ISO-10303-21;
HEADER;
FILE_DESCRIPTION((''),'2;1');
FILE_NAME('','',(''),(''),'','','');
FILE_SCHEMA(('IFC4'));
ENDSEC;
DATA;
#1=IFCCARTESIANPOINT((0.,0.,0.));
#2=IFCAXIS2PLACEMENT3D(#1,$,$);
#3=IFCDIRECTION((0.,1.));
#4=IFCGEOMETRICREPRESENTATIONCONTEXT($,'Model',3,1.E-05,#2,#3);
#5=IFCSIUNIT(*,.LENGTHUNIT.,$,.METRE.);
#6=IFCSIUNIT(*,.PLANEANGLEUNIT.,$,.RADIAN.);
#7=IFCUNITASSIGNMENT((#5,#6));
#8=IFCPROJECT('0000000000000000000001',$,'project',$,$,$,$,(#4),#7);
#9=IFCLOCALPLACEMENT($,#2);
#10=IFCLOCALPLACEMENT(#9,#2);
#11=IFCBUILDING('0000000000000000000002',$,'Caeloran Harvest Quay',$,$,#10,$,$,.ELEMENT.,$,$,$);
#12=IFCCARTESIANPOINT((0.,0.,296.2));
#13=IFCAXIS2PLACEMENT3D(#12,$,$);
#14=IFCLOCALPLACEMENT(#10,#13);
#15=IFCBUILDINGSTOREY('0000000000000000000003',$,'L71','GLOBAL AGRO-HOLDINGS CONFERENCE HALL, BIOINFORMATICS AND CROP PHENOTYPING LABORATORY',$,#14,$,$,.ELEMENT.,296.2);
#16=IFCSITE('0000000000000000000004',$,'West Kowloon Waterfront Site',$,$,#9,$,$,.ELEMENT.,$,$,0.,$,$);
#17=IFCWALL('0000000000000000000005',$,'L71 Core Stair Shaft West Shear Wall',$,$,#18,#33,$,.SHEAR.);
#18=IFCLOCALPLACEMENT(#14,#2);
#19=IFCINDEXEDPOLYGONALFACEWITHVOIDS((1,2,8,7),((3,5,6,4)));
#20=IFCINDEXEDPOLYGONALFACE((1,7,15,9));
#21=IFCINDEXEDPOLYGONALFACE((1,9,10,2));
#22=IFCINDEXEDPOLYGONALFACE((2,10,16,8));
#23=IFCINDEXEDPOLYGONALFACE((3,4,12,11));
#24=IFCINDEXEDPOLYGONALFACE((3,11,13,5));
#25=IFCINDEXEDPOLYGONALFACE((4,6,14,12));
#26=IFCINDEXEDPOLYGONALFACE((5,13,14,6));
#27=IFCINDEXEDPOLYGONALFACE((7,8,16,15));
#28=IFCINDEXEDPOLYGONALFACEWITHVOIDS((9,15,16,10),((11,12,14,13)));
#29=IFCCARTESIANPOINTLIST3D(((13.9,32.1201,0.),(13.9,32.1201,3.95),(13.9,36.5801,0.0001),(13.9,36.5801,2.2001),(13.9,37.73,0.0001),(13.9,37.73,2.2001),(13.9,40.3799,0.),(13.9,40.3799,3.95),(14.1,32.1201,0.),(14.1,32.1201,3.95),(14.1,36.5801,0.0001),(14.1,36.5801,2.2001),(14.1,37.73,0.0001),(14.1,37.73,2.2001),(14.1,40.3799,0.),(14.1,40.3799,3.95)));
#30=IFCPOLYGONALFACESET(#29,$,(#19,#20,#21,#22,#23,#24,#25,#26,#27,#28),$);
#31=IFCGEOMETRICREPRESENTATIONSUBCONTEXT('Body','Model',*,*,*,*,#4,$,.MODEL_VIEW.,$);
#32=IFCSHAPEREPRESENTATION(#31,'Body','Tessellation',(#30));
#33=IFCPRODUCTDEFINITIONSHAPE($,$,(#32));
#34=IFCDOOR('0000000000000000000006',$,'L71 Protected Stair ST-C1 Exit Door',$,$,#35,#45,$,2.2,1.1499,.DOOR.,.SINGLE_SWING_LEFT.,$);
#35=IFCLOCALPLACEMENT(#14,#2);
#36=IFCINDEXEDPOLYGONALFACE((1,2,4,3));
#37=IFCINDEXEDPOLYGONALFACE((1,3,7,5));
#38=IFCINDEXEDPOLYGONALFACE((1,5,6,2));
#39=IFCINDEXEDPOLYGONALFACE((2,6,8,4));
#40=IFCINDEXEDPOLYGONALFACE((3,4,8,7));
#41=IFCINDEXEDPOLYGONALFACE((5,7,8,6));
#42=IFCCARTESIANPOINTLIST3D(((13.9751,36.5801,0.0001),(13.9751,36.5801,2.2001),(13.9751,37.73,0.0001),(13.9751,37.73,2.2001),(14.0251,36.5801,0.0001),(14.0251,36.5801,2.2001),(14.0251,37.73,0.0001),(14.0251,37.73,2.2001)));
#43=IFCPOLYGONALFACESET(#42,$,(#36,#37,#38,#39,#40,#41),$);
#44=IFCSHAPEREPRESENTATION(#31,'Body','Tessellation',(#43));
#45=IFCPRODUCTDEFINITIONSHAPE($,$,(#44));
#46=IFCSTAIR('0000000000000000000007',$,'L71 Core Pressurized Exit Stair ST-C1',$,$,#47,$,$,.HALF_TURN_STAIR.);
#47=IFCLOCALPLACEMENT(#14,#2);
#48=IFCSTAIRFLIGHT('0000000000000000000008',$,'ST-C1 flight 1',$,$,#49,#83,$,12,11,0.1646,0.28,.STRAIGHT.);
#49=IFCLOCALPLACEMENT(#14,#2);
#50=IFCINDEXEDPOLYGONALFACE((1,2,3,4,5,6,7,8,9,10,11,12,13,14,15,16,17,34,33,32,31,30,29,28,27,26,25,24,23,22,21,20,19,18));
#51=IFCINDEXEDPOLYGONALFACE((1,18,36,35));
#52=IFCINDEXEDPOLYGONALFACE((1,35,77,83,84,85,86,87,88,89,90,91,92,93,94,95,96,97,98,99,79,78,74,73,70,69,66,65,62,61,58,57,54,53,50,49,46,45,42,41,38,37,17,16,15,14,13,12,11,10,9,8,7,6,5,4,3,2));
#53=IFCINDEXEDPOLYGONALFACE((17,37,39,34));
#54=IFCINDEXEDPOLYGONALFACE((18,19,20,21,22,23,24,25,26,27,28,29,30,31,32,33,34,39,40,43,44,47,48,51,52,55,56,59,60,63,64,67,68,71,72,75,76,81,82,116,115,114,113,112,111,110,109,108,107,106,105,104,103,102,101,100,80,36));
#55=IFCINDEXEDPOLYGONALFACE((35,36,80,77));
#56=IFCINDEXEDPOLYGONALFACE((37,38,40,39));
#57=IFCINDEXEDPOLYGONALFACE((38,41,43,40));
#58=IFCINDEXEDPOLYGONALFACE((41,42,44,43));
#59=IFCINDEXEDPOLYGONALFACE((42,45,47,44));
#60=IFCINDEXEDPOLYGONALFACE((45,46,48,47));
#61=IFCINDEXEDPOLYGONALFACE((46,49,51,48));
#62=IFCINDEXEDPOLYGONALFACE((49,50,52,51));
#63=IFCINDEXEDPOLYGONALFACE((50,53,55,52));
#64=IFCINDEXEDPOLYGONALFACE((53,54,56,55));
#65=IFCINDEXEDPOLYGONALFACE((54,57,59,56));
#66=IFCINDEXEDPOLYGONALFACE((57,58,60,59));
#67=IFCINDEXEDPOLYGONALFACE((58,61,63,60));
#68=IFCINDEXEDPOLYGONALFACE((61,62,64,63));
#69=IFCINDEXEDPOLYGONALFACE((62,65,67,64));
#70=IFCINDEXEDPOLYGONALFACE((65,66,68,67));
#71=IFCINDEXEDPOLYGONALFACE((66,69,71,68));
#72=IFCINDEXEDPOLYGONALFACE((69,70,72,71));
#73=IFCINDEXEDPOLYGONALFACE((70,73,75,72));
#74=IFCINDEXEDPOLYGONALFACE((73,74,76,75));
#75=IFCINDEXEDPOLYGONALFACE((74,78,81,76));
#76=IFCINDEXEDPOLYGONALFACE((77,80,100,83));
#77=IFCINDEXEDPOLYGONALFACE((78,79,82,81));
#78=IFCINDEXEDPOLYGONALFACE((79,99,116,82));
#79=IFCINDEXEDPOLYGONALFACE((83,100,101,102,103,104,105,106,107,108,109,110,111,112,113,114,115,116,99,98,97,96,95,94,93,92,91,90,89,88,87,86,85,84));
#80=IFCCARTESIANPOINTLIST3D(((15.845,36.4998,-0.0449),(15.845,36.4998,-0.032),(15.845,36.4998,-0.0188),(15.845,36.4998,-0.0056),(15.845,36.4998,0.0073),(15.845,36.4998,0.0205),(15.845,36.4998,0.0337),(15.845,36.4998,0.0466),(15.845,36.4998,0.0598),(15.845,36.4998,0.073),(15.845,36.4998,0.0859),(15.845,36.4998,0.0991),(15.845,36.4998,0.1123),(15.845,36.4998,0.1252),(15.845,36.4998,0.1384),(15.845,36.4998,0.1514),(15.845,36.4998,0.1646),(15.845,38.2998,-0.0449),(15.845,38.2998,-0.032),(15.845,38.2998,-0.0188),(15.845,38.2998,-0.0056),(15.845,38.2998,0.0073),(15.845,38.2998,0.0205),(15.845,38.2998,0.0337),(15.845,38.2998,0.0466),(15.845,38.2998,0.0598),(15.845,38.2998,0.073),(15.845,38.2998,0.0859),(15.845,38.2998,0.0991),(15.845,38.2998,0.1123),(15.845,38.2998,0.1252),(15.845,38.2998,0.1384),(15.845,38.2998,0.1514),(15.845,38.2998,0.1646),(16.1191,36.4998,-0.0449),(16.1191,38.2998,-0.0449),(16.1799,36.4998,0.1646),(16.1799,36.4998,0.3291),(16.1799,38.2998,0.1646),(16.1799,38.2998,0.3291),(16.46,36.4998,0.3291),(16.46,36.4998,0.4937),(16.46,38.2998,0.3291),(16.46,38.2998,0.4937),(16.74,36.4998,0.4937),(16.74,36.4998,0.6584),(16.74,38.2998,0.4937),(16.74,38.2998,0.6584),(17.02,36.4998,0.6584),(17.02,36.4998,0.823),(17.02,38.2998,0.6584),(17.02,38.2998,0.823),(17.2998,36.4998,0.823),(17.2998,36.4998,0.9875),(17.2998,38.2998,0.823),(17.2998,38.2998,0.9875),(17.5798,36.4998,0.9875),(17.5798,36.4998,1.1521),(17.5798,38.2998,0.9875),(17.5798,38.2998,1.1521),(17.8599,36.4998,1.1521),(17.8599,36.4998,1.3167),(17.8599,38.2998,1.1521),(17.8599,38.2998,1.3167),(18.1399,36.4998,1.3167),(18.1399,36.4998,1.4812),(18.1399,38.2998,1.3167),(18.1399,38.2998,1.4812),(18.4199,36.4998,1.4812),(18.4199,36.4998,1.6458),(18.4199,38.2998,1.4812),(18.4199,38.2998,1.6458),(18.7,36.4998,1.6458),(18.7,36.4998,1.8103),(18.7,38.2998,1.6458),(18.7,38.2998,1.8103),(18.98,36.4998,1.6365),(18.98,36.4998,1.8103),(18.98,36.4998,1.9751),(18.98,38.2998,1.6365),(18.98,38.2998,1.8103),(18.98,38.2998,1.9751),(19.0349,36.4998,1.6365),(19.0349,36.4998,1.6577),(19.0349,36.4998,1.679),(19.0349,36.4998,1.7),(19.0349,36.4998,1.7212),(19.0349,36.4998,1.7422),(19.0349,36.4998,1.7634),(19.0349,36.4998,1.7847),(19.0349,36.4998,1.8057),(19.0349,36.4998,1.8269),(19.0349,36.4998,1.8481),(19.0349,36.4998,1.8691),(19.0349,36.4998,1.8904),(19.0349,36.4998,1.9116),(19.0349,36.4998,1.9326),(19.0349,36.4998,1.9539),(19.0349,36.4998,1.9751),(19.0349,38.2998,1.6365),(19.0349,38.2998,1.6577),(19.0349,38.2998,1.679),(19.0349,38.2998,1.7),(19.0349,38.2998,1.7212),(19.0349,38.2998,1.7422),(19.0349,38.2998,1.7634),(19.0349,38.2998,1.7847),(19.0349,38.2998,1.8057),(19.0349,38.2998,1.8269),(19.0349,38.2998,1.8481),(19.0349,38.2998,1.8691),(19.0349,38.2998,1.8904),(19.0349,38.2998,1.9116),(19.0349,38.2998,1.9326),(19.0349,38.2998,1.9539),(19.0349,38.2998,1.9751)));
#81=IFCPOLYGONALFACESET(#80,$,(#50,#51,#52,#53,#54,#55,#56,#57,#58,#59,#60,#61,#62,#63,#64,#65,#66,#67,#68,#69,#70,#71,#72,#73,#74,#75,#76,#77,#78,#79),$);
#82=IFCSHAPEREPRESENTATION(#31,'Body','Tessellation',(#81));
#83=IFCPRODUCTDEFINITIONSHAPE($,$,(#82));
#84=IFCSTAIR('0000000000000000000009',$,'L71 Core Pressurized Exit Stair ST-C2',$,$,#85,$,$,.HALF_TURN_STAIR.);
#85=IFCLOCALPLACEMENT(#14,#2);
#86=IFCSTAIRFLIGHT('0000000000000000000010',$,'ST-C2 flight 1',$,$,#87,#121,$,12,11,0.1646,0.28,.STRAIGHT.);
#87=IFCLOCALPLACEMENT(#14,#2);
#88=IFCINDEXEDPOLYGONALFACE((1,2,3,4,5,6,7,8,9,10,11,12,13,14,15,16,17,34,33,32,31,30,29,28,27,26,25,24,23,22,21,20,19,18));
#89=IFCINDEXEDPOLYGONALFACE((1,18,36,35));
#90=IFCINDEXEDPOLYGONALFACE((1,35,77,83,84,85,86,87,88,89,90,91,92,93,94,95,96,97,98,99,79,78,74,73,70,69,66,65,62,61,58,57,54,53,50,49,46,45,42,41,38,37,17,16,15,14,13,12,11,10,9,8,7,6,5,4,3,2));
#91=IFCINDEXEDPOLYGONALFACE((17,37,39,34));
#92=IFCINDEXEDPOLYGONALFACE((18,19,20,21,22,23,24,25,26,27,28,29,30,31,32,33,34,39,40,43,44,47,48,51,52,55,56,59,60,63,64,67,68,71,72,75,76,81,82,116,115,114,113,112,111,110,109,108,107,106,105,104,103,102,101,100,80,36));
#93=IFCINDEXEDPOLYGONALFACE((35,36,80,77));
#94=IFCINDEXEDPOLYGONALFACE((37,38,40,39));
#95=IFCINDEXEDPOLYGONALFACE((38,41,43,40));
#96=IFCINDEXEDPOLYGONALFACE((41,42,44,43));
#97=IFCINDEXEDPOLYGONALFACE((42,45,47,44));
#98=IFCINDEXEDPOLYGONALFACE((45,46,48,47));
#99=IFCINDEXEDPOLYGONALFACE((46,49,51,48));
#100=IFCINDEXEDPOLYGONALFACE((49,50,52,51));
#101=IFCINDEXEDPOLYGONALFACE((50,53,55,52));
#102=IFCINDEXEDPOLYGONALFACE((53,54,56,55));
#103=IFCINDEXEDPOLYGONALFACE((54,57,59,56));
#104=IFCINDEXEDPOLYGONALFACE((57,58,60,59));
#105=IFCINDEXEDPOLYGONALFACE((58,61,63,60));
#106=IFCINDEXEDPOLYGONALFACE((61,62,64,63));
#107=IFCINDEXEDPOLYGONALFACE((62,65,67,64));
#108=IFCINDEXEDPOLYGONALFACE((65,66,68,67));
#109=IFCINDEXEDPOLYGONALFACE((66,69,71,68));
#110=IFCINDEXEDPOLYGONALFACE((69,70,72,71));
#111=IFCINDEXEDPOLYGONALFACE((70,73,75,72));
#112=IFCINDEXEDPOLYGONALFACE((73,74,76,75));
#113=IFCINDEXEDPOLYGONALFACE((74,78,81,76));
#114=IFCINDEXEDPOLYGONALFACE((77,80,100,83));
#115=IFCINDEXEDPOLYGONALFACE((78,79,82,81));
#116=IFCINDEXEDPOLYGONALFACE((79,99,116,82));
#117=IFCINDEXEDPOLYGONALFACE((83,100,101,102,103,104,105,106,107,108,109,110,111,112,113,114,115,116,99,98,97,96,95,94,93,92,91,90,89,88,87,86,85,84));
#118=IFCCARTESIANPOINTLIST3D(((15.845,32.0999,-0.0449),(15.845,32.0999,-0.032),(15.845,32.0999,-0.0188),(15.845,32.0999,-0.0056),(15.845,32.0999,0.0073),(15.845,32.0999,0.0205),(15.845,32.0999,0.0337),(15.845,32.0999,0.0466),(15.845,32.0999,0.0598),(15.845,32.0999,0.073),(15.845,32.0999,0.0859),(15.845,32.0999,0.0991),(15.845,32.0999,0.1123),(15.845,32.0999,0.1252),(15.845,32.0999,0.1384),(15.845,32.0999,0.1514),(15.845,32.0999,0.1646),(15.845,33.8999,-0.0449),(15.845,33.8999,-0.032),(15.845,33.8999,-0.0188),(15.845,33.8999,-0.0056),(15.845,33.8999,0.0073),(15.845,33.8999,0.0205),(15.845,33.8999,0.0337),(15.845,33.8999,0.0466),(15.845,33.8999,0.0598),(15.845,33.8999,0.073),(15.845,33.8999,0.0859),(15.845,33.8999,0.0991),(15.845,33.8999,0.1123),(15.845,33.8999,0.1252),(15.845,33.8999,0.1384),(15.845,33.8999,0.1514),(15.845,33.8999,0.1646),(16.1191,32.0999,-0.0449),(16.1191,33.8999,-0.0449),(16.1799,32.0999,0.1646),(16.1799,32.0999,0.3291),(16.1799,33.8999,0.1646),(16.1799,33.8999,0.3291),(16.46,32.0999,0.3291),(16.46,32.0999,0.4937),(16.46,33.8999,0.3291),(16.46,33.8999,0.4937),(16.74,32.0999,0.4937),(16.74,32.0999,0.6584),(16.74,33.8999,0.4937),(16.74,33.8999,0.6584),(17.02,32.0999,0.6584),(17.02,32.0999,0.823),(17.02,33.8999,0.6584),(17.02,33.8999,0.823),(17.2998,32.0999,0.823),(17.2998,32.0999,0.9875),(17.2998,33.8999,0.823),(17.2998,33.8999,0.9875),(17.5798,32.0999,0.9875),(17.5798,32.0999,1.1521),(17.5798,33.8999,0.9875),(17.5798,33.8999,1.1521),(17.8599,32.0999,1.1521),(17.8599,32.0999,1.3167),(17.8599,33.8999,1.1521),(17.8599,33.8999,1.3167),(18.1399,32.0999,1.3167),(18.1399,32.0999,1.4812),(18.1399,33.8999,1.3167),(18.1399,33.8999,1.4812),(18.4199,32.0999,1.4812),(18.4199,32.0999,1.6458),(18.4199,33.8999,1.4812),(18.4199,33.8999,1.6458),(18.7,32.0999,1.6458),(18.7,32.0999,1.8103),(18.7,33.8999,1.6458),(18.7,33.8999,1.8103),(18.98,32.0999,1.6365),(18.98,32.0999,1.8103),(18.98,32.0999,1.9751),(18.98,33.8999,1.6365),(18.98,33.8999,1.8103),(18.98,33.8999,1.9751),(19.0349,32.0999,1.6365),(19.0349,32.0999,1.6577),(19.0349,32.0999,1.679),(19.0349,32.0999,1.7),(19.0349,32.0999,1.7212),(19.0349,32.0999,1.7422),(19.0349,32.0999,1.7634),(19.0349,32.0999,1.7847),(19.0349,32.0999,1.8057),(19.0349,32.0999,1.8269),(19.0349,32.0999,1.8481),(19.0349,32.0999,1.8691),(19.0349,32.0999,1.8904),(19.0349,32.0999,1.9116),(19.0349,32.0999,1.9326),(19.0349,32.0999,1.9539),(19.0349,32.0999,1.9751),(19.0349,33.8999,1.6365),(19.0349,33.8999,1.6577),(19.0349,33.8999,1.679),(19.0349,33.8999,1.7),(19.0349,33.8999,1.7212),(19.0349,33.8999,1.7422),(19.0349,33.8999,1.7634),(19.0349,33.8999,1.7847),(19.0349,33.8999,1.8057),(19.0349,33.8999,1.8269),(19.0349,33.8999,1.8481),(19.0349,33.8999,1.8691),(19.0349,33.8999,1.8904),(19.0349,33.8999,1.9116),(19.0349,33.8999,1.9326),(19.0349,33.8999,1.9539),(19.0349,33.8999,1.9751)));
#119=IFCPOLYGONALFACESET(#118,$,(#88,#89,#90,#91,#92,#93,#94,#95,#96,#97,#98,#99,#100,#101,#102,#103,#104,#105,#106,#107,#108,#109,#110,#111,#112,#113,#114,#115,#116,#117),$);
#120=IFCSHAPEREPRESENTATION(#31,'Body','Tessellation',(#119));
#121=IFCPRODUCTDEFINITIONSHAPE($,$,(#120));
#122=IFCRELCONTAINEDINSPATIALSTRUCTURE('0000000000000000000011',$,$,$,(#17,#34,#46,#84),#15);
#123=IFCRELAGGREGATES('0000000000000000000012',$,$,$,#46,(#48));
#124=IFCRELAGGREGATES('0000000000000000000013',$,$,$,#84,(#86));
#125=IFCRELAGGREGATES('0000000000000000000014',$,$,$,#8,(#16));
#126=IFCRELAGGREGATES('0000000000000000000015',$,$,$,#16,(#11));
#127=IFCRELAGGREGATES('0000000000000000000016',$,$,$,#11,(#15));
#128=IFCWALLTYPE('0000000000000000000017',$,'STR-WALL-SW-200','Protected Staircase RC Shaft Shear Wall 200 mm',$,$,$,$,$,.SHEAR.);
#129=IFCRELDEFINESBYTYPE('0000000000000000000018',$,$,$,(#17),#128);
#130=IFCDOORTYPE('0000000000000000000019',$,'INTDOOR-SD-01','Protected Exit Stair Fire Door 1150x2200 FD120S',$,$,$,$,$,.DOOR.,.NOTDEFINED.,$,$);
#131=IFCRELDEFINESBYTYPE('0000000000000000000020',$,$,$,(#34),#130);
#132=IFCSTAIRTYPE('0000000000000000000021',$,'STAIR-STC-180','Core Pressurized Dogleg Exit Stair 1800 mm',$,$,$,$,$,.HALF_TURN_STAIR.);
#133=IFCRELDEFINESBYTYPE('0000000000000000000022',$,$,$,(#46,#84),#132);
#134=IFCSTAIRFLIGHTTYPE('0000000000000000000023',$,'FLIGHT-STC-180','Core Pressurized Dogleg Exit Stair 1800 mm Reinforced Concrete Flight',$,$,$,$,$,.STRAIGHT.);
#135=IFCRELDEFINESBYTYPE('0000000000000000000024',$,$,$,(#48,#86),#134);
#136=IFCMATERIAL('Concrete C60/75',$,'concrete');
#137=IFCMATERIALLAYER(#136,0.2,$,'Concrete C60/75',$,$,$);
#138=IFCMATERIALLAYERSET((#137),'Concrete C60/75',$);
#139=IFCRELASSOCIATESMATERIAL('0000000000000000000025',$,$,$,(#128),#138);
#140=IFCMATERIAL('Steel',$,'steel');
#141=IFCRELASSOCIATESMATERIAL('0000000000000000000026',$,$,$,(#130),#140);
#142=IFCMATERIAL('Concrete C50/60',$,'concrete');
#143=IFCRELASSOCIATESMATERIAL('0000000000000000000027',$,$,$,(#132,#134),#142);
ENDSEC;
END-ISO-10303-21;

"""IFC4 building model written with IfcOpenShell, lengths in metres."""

from ifc_helpers import new_model, si_unit, direction, frame, frame_2d, origin, place, context, subcontext, project, spatial, polyline, rectangle, outline, extrude, material, layer, layer_set, type_object, element, fill, aggregate, save


model = new_model("IFC4")

# Units and contexts
model_context = context("Model", 3, precision=1e-05, world=origin(), true_north=direction((0.0, 1.0)))
body_context = subcontext(model_context, "Body", "Model", "MODEL_VIEW")
ifc_project = project(units=[si_unit("LENGTHUNIT", "METRE"), si_unit("PLANEANGLEUNIT", "RADIAN")], contexts=[model_context])

# Site, building, storey
site_placement = place(None, origin())
site = spatial("IfcSite", under=ifc_project, at=site_placement, Name="West Kowloon Waterfront Site", CompositionType="ELEMENT", RefElevation=0.0)
building_placement = place(site_placement, origin())
building = spatial("IfcBuilding", under=site, at=building_placement, Name="Caeloran Harvest Quay", CompositionType="ELEMENT")
storey_placement = place(building_placement, frame((0.0, 0.0, 296.2)))
storey = spatial("IfcBuildingStorey", under=building, at=storey_placement, Name="L71", Description="GLOBAL AGRO-HOLDINGS CONFERENCE HALL, BIOINFORMATICS AND CROP PHENOTYPING LABORATORY", CompositionType="ELEMENT", Elevation=296.2)

# Shared definitions
ifc_material_1 = material(Name="Concrete C60/75", Category="concrete")

# Wall, opening, door
ifc_layer_1 = layer(ifc_material_1, 0.2, Name="Concrete C60/75")
ifc_layer_set_1 = layer_set([ifc_layer_1], Name="Concrete C60/75")
wall_type_1 = type_object("IfcWallType", Name="STR-WALL-SW-200", Description="Protected Staircase RC Shaft Shear Wall 200 mm", PredefinedType="SHEAR", material=ifc_layer_set_1)
wall_1_placement = place(storey_placement, frame((14.0, 32.1201, 0.0), z_axis=(0.0, 0.0, 1.0), x_axis=(0.0, 1.0, 0.0)))
wall_1 = element("IfcWall", 1, at=wall_1_placement, inside=storey, type_object=wall_type_1, Name="L71 Core Stair Shaft West Shear Wall", PredefinedType="SHEAR", context=body_context, shape_type="SweptSolid", body=[
    extrude(rectangle(XDim=8.2598, YDim=0.2, at=frame_2d((4.1299, 0.0))), origin(), (0.0, 0.0, 1.0), 3.95),
])
opening_placement = place(wall_1_placement, frame((4.46, 0.0, 0.0)))
opening = element("IfcOpeningElement", 2, at=opening_placement, cuts=wall_1, PredefinedType="OPENING", context=body_context, shape_type="SweptSolid", body=[
    extrude(rectangle(XDim=1.1499, YDim=2.2, at=frame_2d((0.575, 1.1001))), frame((0.0, 0.1099, 0.0), z_axis=(0.0, -1.0, 0.0), x_axis=(1.0, 0.0, 0.0)), (0.0, 0.0, 1.0), 0.22),
])
ifc_material_2 = material(Name="Steel", Category="steel")
door_type = type_object("IfcDoorType", Name="INTDOOR-SD-01", Description="Protected Exit Stair Fire Door 1150x2200 FD120S", OperationType="NOTDEFINED", PredefinedType="DOOR", material=ifc_material_2)
door_placement = place(opening_placement, origin())
door = element("IfcDoor", 3, at=door_placement, inside=storey, type_object=door_type, Name="L71 Protected Stair ST-C1 Exit Door", OperationType="SINGLE_SWING_LEFT", OverallHeight=2.2, OverallWidth=1.1499, PredefinedType="DOOR", context=body_context, shape_type="SweptSolid", body=[
    extrude(rectangle(XDim=1.1499, YDim=2.2, at=frame_2d((0.575, 1.1001))), frame((0.0, 0.0249, 0.0), z_axis=(0.0, -1.0, 0.0), x_axis=(1.0, 0.0, 0.0)), (0.0, 0.0, 1.0), 0.05),
])
fill(opening, door)

# Stairs, stair flights
ifc_material_3 = material(Name="Concrete C50/60", Category="concrete")
stair_type = type_object("IfcStairType", Name="STAIR-STC-180", Description="Core Pressurized Dogleg Exit Stair 1800 mm", PredefinedType="HALF_TURN_STAIR", material=ifc_material_3)
stair_1_placement = place(storey_placement, origin())
stair_1 = element("IfcStair", 4, at=stair_1_placement, inside=storey, type_object=stair_type, Name="L71 Core Pressurized Exit Stair ST-C1", PredefinedType="HALF_TURN_STAIR")
stair_flight_type = type_object("IfcStairFlightType", Name="FLIGHT-STC-180", Description="Core Pressurized Dogleg Exit Stair 1800 mm Reinforced Concrete Flight", PredefinedType="STRAIGHT", material=ifc_material_3)
stair_flight_1_placement = place(storey_placement, frame((15.8999, 37.3999, 0.0), z_axis=(0.0, 0.0, 1.0), x_axis=(1.0, 0.0, 0.0)))
stair_flight_1 = element("IfcStairFlight", 5, at=stair_flight_1_placement, type_object=stair_flight_type, Name="ST-C1 flight 1", NumberOfRisers=12, NumberOfTreads=11, PredefinedType="STRAIGHT", RiserHeight=0.1646, TreadLength=0.28, context=body_context, shape_type="SweptSolid", body=[
    extrude(outline(polyline([(-0.0549, -0.0449), (-0.0549, -0.032), (-0.0549, -0.0188), (-0.0549, -0.0056), (-0.0549, 0.0073), (-0.0549, 0.0205), (-0.0549, 0.0337), (-0.0549, 0.0466), (-0.0549, 0.0598), (-0.0549, 0.073), (-0.0549, 0.0859), (-0.0549, 0.0991), (-0.0549, 0.1123), (-0.0549, 0.1252), (-0.0549, 0.1384), (-0.0549, 0.1514), (-0.0549, 0.1646), (0.28, 0.1646), (0.28, 0.3291), (0.5601, 0.3291), (0.5601, 0.4937), (0.8401, 0.4937), (0.8401, 0.6584), (1.1201, 0.6584), (1.1201, 0.823), (1.3999, 0.823), (1.3999, 0.9875), (1.6799, 0.9875), (1.6799, 1.1521), (1.96, 1.1521), (1.96, 1.3167), (2.24, 1.3167), (2.24, 1.4812), (2.52, 1.4812), (2.52, 1.6458), (2.8, 1.6458), (2.8, 1.8103), (3.0801, 1.8103), (3.0801, 1.9751), (3.135, 1.9751), (3.135, 1.9539), (3.135, 1.9326), (3.135, 1.9116), (3.135, 1.8904), (3.135, 1.8691), (3.135, 1.8481), (3.135, 1.8269), (3.135, 1.8057), (3.135, 1.7847), (3.135, 1.7634), (3.135, 1.7422), (3.135, 1.7212), (3.135, 1.7), (3.135, 1.679), (3.135, 1.6577), (3.135, 1.6365), (3.0801, 1.6365), (0.2192, -0.0449), (-0.0549, -0.0449)])), frame((0.0, 0.8999, 0.0), z_axis=(0.0, -1.0, 0.0), x_axis=(1.0, 0.0, 0.0)), (0.0, 0.0, 1.0), 1.8),
])
aggregate(stair_1, [stair_flight_1])
stair_2_placement = place(storey_placement, origin())
stair_2 = element("IfcStair", 6, at=stair_2_placement, inside=storey, type_object=stair_type, Name="L71 Core Pressurized Exit Stair ST-C2", PredefinedType="HALF_TURN_STAIR")
stair_flight_2_placement = place(storey_placement, frame((15.8999, 33.0, 0.0), z_axis=(0.0, 0.0, 1.0), x_axis=(1.0, 0.0, 0.0)))
stair_flight_2 = element("IfcStairFlight", 7, at=stair_flight_2_placement, type_object=stair_flight_type, Name="ST-C2 flight 1", NumberOfRisers=12, NumberOfTreads=11, PredefinedType="STRAIGHT", RiserHeight=0.1646, TreadLength=0.28, context=body_context, shape_type="SweptSolid", body=[
    extrude(outline(polyline([(-0.0549, -0.0449), (-0.0549, -0.032), (-0.0549, -0.0188), (-0.0549, -0.0056), (-0.0549, 0.0073), (-0.0549, 0.0205), (-0.0549, 0.0337), (-0.0549, 0.0466), (-0.0549, 0.0598), (-0.0549, 0.073), (-0.0549, 0.0859), (-0.0549, 0.0991), (-0.0549, 0.1123), (-0.0549, 0.1252), (-0.0549, 0.1384), (-0.0549, 0.1514), (-0.0549, 0.1646), (0.28, 0.1646), (0.28, 0.3291), (0.5601, 0.3291), (0.5601, 0.4937), (0.8401, 0.4937), (0.8401, 0.6584), (1.1201, 0.6584), (1.1201, 0.823), (1.3999, 0.823), (1.3999, 0.9875), (1.6799, 0.9875), (1.6799, 1.1521), (1.96, 1.1521), (1.96, 1.3167), (2.24, 1.3167), (2.24, 1.4812), (2.52, 1.4812), (2.52, 1.6458), (2.8, 1.6458), (2.8, 1.8103), (3.0801, 1.8103), (3.0801, 1.9751), (3.135, 1.9751), (3.135, 1.9539), (3.135, 1.9326), (3.135, 1.9116), (3.135, 1.8904), (3.135, 1.8691), (3.135, 1.8481), (3.135, 1.8269), (3.135, 1.8057), (3.135, 1.7847), (3.135, 1.7634), (3.135, 1.7422), (3.135, 1.7212), (3.135, 1.7), (3.135, 1.679), (3.135, 1.6577), (3.135, 1.6365), (3.0801, 1.6365), (0.2192, -0.0449), (-0.0549, -0.0449)])), frame((0.0, 0.8999, 0.0), z_axis=(0.0, -1.0, 0.0), x_axis=(1.0, 0.0, 0.0)), (0.0, 0.0, 1.0), 1.8),
])
aggregate(stair_2, [stair_flight_2])

save(model, "model.ifc")
